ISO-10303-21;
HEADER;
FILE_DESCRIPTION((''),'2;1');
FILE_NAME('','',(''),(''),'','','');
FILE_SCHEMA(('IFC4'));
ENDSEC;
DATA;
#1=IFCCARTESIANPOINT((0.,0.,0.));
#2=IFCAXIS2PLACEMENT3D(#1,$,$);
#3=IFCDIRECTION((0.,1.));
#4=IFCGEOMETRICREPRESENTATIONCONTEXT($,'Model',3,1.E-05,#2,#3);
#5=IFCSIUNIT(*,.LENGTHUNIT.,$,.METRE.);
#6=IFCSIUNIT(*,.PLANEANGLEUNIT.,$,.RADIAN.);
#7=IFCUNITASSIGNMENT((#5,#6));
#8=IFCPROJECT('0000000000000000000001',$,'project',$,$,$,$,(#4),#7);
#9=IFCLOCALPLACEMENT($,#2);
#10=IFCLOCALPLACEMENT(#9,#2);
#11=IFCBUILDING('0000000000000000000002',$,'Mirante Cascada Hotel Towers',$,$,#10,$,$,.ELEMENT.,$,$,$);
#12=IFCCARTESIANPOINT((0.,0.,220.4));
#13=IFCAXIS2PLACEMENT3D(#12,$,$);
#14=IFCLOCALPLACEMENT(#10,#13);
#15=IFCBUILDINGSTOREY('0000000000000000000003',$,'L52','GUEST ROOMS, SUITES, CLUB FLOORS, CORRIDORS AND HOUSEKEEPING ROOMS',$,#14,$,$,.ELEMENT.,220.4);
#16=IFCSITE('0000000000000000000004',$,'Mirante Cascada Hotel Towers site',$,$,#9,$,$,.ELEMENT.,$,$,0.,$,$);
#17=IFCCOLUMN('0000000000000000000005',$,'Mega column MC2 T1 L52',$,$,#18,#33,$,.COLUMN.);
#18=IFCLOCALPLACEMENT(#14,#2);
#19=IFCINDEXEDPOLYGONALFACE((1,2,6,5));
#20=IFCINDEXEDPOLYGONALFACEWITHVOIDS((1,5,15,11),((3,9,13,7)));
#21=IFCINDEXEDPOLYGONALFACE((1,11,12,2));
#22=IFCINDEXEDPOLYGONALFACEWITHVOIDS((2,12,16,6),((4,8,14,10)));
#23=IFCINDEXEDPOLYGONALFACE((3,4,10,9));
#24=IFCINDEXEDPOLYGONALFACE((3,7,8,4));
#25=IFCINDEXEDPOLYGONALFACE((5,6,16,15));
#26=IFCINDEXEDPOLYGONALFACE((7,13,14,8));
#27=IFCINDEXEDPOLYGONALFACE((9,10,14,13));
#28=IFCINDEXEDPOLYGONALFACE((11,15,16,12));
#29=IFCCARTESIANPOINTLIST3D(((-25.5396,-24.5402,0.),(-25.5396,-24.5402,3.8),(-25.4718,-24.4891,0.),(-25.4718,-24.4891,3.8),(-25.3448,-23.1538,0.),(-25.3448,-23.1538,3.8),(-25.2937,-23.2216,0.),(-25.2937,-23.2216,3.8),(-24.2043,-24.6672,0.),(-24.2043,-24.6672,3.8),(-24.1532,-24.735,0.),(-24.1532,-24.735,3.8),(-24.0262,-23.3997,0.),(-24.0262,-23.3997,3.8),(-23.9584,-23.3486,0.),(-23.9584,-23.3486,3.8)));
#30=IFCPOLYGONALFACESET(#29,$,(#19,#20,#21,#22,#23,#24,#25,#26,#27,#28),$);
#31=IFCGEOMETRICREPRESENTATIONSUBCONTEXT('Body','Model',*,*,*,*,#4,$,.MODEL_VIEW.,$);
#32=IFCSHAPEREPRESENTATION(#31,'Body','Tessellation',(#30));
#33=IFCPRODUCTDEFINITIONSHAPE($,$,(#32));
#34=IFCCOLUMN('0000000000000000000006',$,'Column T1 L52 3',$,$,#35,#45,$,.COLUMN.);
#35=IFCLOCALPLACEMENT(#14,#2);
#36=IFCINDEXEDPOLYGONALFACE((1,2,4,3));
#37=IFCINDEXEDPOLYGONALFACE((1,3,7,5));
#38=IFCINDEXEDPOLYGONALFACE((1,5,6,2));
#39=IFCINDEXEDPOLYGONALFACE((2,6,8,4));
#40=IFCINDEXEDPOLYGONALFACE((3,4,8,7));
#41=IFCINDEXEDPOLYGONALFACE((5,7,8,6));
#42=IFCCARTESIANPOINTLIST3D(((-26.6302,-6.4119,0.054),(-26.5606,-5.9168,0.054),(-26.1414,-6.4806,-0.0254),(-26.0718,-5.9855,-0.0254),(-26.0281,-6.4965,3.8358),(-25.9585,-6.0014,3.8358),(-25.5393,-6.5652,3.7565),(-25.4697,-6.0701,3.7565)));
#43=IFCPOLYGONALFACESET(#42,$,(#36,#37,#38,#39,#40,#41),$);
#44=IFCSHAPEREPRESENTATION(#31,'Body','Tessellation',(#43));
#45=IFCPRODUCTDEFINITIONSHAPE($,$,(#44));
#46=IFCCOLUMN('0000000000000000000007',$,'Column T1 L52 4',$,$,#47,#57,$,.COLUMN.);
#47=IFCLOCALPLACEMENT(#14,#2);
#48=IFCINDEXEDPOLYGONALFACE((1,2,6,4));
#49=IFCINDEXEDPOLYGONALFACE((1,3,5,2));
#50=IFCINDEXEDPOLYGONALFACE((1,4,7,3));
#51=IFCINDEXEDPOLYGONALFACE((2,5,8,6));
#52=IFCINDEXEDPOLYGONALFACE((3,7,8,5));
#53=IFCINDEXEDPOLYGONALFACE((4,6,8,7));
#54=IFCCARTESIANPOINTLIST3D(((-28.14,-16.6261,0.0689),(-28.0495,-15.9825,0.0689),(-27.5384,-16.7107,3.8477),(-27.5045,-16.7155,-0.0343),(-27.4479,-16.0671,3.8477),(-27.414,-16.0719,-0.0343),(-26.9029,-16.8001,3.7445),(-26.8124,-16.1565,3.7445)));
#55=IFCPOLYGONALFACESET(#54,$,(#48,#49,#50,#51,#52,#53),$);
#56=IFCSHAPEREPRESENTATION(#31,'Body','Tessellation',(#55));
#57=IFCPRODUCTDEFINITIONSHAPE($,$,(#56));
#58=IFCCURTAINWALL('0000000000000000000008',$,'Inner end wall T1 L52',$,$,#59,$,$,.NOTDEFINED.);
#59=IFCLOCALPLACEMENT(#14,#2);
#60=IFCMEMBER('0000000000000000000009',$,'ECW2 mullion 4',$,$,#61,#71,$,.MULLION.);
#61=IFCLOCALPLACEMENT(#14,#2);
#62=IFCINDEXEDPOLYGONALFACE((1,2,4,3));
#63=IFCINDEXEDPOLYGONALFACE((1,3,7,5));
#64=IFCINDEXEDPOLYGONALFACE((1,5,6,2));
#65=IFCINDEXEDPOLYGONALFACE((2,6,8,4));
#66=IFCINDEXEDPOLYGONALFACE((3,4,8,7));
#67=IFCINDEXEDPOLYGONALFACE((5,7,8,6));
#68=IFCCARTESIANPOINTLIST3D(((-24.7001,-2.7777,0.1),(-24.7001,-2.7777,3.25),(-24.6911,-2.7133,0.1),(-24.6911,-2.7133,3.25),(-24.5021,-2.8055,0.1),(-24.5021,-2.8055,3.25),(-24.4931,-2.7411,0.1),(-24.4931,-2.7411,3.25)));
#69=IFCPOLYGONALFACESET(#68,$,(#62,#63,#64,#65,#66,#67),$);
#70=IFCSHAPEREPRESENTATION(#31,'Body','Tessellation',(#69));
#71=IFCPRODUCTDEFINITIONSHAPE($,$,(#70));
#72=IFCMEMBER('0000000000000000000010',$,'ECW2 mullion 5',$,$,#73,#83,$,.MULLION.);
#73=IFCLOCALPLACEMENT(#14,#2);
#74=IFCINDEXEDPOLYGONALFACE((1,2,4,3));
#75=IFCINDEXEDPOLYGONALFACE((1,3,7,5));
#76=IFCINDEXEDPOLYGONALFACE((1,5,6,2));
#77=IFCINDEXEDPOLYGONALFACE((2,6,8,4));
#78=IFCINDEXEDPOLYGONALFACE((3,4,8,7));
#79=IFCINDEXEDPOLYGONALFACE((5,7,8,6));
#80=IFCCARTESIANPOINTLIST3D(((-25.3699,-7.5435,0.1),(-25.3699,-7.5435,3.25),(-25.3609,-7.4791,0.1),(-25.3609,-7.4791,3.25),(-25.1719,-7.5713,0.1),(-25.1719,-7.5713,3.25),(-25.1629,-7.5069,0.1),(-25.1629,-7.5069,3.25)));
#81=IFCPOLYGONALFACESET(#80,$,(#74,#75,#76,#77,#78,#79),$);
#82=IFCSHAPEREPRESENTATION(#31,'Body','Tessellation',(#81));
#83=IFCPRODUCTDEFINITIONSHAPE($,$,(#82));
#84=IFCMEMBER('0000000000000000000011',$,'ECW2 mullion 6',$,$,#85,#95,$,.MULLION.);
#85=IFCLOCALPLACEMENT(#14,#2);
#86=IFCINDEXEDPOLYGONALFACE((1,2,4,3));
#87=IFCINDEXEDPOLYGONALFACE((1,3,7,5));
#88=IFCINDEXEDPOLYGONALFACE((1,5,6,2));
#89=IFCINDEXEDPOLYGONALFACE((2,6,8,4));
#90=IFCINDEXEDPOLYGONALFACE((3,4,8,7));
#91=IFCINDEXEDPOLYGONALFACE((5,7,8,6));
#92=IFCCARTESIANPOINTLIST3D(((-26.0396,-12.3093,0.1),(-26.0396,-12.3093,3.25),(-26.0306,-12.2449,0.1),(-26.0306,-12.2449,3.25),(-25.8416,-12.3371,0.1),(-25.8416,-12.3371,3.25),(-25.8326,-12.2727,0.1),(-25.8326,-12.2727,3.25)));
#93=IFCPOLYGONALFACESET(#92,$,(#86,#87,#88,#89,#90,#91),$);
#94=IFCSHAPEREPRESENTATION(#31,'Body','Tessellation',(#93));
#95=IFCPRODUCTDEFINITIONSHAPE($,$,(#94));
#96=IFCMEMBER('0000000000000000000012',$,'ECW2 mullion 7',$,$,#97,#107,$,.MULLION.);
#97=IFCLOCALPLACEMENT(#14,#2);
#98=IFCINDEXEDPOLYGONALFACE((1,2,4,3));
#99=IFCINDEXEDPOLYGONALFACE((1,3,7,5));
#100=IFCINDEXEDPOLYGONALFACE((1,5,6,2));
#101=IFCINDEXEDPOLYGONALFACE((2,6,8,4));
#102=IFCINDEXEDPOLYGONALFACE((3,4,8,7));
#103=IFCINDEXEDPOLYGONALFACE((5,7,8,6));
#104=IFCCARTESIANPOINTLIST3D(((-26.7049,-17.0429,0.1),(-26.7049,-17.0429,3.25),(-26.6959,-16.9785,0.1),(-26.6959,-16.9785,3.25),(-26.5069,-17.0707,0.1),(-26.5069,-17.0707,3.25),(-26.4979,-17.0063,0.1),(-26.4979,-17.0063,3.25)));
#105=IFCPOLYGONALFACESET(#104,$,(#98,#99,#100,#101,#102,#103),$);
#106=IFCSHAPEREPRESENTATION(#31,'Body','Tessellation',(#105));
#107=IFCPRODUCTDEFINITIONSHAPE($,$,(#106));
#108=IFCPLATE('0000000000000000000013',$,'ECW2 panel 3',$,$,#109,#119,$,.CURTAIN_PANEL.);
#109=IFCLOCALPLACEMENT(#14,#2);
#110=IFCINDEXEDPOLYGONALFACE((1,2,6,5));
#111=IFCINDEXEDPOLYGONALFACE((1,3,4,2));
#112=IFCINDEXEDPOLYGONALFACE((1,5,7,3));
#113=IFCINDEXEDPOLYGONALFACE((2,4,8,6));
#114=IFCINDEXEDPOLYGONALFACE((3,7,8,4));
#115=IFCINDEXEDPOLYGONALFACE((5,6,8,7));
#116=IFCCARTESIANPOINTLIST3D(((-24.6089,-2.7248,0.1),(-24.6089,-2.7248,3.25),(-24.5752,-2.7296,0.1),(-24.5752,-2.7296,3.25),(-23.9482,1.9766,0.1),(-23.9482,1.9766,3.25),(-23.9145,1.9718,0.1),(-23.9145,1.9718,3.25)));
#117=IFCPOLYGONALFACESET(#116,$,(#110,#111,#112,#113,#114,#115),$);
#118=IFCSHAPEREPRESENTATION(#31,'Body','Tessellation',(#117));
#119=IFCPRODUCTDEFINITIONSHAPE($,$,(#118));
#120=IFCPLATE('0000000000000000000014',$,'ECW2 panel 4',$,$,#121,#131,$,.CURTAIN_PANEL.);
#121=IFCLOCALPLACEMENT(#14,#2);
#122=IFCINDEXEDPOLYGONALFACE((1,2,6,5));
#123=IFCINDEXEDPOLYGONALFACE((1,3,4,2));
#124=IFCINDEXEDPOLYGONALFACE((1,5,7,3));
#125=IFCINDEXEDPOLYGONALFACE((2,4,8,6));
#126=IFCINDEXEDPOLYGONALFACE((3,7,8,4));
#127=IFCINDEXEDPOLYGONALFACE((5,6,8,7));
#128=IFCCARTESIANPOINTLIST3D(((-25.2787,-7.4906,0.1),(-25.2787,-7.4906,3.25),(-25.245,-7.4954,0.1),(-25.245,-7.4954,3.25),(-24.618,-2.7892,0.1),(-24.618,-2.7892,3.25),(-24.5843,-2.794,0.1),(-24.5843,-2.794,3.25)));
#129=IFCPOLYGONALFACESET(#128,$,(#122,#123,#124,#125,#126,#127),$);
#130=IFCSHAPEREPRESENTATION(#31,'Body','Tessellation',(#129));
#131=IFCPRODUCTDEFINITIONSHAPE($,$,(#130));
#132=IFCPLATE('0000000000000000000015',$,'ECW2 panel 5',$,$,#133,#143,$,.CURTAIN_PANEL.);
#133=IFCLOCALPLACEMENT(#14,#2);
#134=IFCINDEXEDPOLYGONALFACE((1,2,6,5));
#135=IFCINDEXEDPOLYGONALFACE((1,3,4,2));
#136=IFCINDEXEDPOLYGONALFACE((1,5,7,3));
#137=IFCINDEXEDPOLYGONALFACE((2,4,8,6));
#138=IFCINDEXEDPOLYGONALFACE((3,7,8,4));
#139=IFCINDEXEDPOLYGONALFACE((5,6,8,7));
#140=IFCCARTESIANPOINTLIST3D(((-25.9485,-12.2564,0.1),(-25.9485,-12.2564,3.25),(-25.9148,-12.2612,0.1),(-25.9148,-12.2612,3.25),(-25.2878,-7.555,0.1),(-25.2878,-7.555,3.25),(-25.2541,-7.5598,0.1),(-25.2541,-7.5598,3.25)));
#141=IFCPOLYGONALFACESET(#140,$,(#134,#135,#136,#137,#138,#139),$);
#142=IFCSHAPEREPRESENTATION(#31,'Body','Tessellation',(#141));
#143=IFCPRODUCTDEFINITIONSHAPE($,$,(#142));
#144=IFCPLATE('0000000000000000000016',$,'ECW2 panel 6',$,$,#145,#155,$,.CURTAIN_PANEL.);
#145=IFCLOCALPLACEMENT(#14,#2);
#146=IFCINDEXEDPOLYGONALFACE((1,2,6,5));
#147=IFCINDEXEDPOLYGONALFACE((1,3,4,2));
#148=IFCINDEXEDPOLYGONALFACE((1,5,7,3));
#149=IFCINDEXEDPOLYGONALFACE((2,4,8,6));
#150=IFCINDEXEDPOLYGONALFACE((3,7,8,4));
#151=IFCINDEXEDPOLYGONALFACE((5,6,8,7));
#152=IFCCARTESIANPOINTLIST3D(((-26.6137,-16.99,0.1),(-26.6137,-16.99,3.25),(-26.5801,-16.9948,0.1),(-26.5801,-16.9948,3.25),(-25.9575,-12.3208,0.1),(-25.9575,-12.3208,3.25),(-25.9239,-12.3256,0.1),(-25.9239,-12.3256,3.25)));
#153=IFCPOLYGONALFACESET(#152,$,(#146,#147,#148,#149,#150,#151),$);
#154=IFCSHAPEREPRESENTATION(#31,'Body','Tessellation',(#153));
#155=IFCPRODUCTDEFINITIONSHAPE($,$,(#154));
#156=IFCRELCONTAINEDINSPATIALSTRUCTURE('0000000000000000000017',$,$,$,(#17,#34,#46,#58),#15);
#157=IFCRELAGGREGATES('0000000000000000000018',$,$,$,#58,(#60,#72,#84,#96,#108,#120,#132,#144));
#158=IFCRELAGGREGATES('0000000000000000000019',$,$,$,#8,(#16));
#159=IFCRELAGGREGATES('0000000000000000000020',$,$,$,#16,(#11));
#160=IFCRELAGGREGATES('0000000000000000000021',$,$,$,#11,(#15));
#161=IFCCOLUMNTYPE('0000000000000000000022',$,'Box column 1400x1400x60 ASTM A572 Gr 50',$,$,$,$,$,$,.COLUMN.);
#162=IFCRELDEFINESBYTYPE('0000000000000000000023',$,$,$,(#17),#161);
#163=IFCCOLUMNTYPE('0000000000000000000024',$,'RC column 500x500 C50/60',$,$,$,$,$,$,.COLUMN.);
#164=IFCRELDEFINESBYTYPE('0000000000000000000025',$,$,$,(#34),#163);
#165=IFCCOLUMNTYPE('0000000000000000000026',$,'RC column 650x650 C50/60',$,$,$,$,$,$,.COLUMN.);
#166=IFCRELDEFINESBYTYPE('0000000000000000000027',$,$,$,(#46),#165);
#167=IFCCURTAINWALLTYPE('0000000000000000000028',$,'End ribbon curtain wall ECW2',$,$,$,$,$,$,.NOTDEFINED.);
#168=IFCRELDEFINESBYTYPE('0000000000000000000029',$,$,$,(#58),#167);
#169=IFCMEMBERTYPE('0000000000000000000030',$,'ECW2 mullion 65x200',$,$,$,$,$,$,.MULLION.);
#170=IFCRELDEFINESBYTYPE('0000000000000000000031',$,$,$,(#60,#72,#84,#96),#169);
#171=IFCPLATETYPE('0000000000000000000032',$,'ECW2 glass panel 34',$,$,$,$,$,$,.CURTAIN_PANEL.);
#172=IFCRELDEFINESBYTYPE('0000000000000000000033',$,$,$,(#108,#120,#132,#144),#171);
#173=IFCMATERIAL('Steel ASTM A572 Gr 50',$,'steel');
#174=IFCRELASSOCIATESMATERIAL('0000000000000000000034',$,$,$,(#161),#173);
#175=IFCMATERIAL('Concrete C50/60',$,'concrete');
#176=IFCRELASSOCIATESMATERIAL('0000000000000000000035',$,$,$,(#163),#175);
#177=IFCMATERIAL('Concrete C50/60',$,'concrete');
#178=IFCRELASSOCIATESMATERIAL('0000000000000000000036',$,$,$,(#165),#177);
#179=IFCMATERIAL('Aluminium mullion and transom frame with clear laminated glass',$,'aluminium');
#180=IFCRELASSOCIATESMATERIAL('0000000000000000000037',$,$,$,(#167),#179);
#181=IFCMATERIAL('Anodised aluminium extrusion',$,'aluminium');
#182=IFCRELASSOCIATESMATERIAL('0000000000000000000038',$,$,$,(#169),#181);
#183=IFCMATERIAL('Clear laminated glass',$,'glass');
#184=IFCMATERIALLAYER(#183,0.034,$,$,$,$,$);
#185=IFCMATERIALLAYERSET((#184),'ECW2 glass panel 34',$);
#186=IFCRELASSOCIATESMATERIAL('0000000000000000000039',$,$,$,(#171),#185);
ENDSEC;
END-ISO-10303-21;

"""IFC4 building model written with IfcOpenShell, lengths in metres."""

from ifc_helpers import new_model, si_unit, direction, frame, origin, origin_2d, place, context, subcontext, project, spatial, rectangle, hollow_rectangle, extrude, material, layer, layer_set, material_profile, profile_set, type_object, element, aggregate, save


model = new_model("IFC4")

# Units and contexts
model_context = context("Model", 3, precision=1e-05, world=origin(), true_north=direction((0.0, 1.0)))
body_context = subcontext(model_context, "Body", "Model", "MODEL_VIEW")
ifc_project = project(units=[si_unit("LENGTHUNIT", "METRE"), si_unit("PLANEANGLEUNIT", "RADIAN")], contexts=[model_context])

# Site, building, storey
site_placement = place(None, origin())
site = spatial("IfcSite", under=ifc_project, at=site_placement, Name="Mirante Cascada Hotel Towers site", CompositionType="ELEMENT", RefElevation=0.0)
building_placement = place(site_placement, origin())
building = spatial("IfcBuilding", under=site, at=building_placement, Name="Mirante Cascada Hotel Towers", CompositionType="ELEMENT")
storey_placement = place(building_placement, frame((0.0, 0.0, 220.4)))
storey = spatial("IfcBuildingStorey", under=building, at=storey_placement, Name="L52", Description="GUEST ROOMS, SUITES, CLUB FLOORS, CORRIDORS AND HOUSEKEEPING ROOMS", CompositionType="ELEMENT", Elevation=220.4)

# Columns
ifc_material_1 = material(Name="Steel ASTM A572 Gr 50", Category="steel")
ifc_material_profile_1 = material_profile(ifc_material_1, hollow_rectangle(XDim=1.4, YDim=1.4, WallThickness=0.06, at=origin_2d()), Name="Box column 1400x1400x60 ASTM A572 Gr 50")
ifc_profile_set_1 = profile_set([ifc_material_profile_1], Name="Steel ASTM A572 Gr 50")
column_type_1 = type_object("IfcColumnType", Name="Box column 1400x1400x60 ASTM A572 Gr 50", PredefinedType="COLUMN", material=ifc_profile_set_1)
column_1_placement = place(storey_placement, frame((-24.749, -23.9444, 0.0), z_axis=(0.0, 0.0, 1.0), x_axis=(-0.990268, 0.139173, 0.0)))
element("IfcColumn", 1, at=column_1_placement, inside=storey, type_object=column_type_1, Name="Mega column MC2 T1 L52", PredefinedType="COLUMN", context=body_context, shape_type="SweptSolid", body=[
    extrude(hollow_rectangle(XDim=1.4, YDim=1.4, WallThickness=0.06, at=origin_2d()), origin(), (0.0, 0.0, 1.0), 3.8),
])
ifc_material_2 = material(Name="Concrete C50/60", Category="concrete")
ifc_material_profile_2 = material_profile(ifc_material_2, rectangle(XDim=0.5, YDim=0.5, at=origin_2d()), Name="RC column 500x500 C50/60")
ifc_profile_set_2 = profile_set([ifc_material_profile_2], Name="Concrete C50/60")
column_type_2 = type_object("IfcColumnType", Name="RC column 500x500 C50/60", PredefinedType="COLUMN", material=ifc_profile_set_2)
column_2_placement = place(storey_placement, frame((-26.351, -6.1987, 0.0143), z_axis=(0.157191, -0.022087, 0.987321), x_axis=(0.139141, 0.990272, 0.0)))
element("IfcColumn", 2, at=column_2_placement, inside=storey, type_object=column_type_2, Name="Column T1 L52 3", PredefinedType="COLUMN", context=body_context, shape_type="SweptSolid", body=[
    extrude(rectangle(XDim=0.5, YDim=0.5, at=origin_2d()), origin(), (0.0, 0.0, 1.0), 3.8304),
])
ifc_material_3 = material(Name="Concrete C50/60", Category="concrete")
ifc_material_profile_3 = material_profile(ifc_material_3, rectangle(XDim=0.65, YDim=0.65, at=origin_2d()), Name="RC column 650x650 C50/60")
ifc_profile_set_3 = profile_set([ifc_material_profile_3], Name="Concrete C50/60")
column_type_3 = type_object("IfcColumnType", Name="RC column 650x650 C50/60", PredefinedType="COLUMN", material=ifc_profile_set_3)
column_3_placement = place(storey_placement, frame((-27.777, -16.349, 0.0173), z_axis=(0.157186, -0.022104, 0.987322), x_axis=(0.139255, 0.990257, 0.0)))
element("IfcColumn", 3, at=column_3_placement, inside=storey, type_object=column_type_3, Name="Column T1 L52 4", PredefinedType="COLUMN", context=body_context, shape_type="SweptSolid", body=[
    extrude(rectangle(XDim=0.65, YDim=0.65, at=origin_2d()), origin(), (0.0, 0.0, 1.0), 3.8273),
])

# Curtain wall, members, plates
ifc_material_4 = material(Name="Aluminium mullion and transom frame with clear laminated glass", Category="aluminium")
curtain_wall_type = type_object("IfcCurtainWallType", Name="End ribbon curtain wall ECW2", PredefinedType="NOTDEFINED", material=ifc_material_4)
curtain_wall_placement = place(storey_placement, origin())
curtain_wall = element("IfcCurtainWall", 4, at=curtain_wall_placement, inside=storey, type_object=curtain_wall_type, Name="Inner end wall T1 L52", PredefinedType="NOTDEFINED")
ifc_material_5 = material(Name="Anodised aluminium extrusion", Category="aluminium")
ifc_material_profile_4 = material_profile(ifc_material_5, rectangle(XDim=0.2, YDim=0.065, at=origin_2d()), Name="ECW2 MULLION 65x200")
ifc_profile_set_4 = profile_set([ifc_material_profile_4], Name="Anodised aluminium extrusion")
member_type = type_object("IfcMemberType", Name="ECW2 mullion 65x200", PredefinedType="MULLION", material=ifc_profile_set_4)
member_1_placement = place(storey_placement, frame((-24.5966, -2.7594, 0.1), z_axis=(0.0, 0.0, 1.0), x_axis=(0.990268, -0.139173, 0.0)))
member_1 = element("IfcMember", 5, at=member_1_placement, type_object=member_type, Name="ECW2 mullion 4", PredefinedType="MULLION", context=body_context, shape_type="SweptSolid", body=[
    extrude(rectangle(XDim=0.2, YDim=0.065, at=origin_2d()), origin(), (0.0, 0.0, 1.0), 3.15),
])
member_2_placement = place(storey_placement, frame((-25.2664, -7.5252, 0.1), z_axis=(0.0, 0.0, 1.0), x_axis=(0.990268, -0.139173, 0.0)))
member_2 = element("IfcMember", 6, at=member_2_placement, type_object=member_type, Name="ECW2 mullion 5", PredefinedType="MULLION", context=body_context, shape_type="SweptSolid", body=[
    extrude(rectangle(XDim=0.2, YDim=0.065, at=origin_2d()), origin(), (0.0, 0.0, 1.0), 3.15),
])
member_3_placement = place(storey_placement, frame((-25.9361, -12.291, 0.1), z_axis=(0.0, 0.0, 1.0), x_axis=(0.990268, -0.139173, 0.0)))
member_3 = element("IfcMember", 7, at=member_3_placement, type_object=member_type, Name="ECW2 mullion 6", PredefinedType="MULLION", context=body_context, shape_type="SweptSolid", body=[
    extrude(rectangle(XDim=0.2, YDim=0.065, at=origin_2d()), origin(), (0.0, 0.0, 1.0), 3.15),
])
member_4_placement = place(storey_placement, frame((-26.6014, -17.0246, 0.1), z_axis=(0.0, 0.0, 1.0), x_axis=(0.990268, -0.139173, 0.0)))
member_4 = element("IfcMember", 8, at=member_4_placement, type_object=member_type, Name="ECW2 mullion 7", PredefinedType="MULLION", context=body_context, shape_type="SweptSolid", body=[
    extrude(rectangle(XDim=0.2, YDim=0.065, at=origin_2d()), origin(), (0.0, 0.0, 1.0), 3.15),
])
ifc_material_6 = material(Name="Clear laminated glass", Category="glass")
ifc_layer_1 = layer(ifc_material_6, 0.034)
ifc_layer_set_1 = layer_set([ifc_layer_1], Name="ECW2 glass panel 34")
plate_type = type_object("IfcPlateType", Name="ECW2 glass panel 34", PredefinedType="CURTAIN_PANEL", material=ifc_layer_set_1)
plate_1_placement = place(storey_placement, frame((-24.2617, -0.3765, 0.1), z_axis=(0.0, 0.0, 1.0), x_axis=(-0.139173, -0.990268, 0.0)))
plate_1 = element("IfcPlate", 9, at=plate_1_placement, type_object=plate_type, Name="ECW2 panel 3", PredefinedType="CURTAIN_PANEL", context=body_context, shape_type="SweptSolid", body=[
    extrude(rectangle(XDim=4.7476, YDim=0.034, at=origin_2d()), origin(), (0.0, 0.0, 1.0), 3.15),
])
plate_2_placement = place(storey_placement, frame((-24.9315, -5.1423, 0.1), z_axis=(0.0, 0.0, 1.0), x_axis=(-0.139173, -0.990268, 0.0)))
plate_2 = element("IfcPlate", 10, at=plate_2_placement, type_object=plate_type, Name="ECW2 panel 4", PredefinedType="CURTAIN_PANEL", context=body_context, shape_type="SweptSolid", body=[
    extrude(rectangle(XDim=4.7476, YDim=0.034, at=origin_2d()), origin(), (0.0, 0.0, 1.0), 3.15),
])
plate_3_placement = place(storey_placement, frame((-25.6013, -9.9081, 0.1), z_axis=(0.0, 0.0, 1.0), x_axis=(-0.139173, -0.990268, 0.0)))
plate_3 = element("IfcPlate", 11, at=plate_3_placement, type_object=plate_type, Name="ECW2 panel 5", PredefinedType="CURTAIN_PANEL", context=body_context, shape_type="SweptSolid", body=[
    extrude(rectangle(XDim=4.7476, YDim=0.034, at=origin_2d()), origin(), (0.0, 0.0, 1.0), 3.15),
])
plate_4_placement = place(storey_placement, frame((-26.2688, -14.6578, 0.1), z_axis=(0.0, 0.0, 1.0), x_axis=(-0.139173, -0.990268, 0.0)))
plate_4 = element("IfcPlate", 12, at=plate_4_placement, type_object=plate_type, Name="ECW2 panel 6", PredefinedType="CURTAIN_PANEL", context=body_context, shape_type="SweptSolid", body=[
    extrude(rectangle(XDim=4.7151, YDim=0.034, at=origin_2d()), origin(), (0.0, 0.0, 1.0), 3.15),
])
aggregate(curtain_wall, [member_1, member_2, member_3, member_4, plate_1, plate_2, plate_3, plate_4])

save(model, "model.ifc")
